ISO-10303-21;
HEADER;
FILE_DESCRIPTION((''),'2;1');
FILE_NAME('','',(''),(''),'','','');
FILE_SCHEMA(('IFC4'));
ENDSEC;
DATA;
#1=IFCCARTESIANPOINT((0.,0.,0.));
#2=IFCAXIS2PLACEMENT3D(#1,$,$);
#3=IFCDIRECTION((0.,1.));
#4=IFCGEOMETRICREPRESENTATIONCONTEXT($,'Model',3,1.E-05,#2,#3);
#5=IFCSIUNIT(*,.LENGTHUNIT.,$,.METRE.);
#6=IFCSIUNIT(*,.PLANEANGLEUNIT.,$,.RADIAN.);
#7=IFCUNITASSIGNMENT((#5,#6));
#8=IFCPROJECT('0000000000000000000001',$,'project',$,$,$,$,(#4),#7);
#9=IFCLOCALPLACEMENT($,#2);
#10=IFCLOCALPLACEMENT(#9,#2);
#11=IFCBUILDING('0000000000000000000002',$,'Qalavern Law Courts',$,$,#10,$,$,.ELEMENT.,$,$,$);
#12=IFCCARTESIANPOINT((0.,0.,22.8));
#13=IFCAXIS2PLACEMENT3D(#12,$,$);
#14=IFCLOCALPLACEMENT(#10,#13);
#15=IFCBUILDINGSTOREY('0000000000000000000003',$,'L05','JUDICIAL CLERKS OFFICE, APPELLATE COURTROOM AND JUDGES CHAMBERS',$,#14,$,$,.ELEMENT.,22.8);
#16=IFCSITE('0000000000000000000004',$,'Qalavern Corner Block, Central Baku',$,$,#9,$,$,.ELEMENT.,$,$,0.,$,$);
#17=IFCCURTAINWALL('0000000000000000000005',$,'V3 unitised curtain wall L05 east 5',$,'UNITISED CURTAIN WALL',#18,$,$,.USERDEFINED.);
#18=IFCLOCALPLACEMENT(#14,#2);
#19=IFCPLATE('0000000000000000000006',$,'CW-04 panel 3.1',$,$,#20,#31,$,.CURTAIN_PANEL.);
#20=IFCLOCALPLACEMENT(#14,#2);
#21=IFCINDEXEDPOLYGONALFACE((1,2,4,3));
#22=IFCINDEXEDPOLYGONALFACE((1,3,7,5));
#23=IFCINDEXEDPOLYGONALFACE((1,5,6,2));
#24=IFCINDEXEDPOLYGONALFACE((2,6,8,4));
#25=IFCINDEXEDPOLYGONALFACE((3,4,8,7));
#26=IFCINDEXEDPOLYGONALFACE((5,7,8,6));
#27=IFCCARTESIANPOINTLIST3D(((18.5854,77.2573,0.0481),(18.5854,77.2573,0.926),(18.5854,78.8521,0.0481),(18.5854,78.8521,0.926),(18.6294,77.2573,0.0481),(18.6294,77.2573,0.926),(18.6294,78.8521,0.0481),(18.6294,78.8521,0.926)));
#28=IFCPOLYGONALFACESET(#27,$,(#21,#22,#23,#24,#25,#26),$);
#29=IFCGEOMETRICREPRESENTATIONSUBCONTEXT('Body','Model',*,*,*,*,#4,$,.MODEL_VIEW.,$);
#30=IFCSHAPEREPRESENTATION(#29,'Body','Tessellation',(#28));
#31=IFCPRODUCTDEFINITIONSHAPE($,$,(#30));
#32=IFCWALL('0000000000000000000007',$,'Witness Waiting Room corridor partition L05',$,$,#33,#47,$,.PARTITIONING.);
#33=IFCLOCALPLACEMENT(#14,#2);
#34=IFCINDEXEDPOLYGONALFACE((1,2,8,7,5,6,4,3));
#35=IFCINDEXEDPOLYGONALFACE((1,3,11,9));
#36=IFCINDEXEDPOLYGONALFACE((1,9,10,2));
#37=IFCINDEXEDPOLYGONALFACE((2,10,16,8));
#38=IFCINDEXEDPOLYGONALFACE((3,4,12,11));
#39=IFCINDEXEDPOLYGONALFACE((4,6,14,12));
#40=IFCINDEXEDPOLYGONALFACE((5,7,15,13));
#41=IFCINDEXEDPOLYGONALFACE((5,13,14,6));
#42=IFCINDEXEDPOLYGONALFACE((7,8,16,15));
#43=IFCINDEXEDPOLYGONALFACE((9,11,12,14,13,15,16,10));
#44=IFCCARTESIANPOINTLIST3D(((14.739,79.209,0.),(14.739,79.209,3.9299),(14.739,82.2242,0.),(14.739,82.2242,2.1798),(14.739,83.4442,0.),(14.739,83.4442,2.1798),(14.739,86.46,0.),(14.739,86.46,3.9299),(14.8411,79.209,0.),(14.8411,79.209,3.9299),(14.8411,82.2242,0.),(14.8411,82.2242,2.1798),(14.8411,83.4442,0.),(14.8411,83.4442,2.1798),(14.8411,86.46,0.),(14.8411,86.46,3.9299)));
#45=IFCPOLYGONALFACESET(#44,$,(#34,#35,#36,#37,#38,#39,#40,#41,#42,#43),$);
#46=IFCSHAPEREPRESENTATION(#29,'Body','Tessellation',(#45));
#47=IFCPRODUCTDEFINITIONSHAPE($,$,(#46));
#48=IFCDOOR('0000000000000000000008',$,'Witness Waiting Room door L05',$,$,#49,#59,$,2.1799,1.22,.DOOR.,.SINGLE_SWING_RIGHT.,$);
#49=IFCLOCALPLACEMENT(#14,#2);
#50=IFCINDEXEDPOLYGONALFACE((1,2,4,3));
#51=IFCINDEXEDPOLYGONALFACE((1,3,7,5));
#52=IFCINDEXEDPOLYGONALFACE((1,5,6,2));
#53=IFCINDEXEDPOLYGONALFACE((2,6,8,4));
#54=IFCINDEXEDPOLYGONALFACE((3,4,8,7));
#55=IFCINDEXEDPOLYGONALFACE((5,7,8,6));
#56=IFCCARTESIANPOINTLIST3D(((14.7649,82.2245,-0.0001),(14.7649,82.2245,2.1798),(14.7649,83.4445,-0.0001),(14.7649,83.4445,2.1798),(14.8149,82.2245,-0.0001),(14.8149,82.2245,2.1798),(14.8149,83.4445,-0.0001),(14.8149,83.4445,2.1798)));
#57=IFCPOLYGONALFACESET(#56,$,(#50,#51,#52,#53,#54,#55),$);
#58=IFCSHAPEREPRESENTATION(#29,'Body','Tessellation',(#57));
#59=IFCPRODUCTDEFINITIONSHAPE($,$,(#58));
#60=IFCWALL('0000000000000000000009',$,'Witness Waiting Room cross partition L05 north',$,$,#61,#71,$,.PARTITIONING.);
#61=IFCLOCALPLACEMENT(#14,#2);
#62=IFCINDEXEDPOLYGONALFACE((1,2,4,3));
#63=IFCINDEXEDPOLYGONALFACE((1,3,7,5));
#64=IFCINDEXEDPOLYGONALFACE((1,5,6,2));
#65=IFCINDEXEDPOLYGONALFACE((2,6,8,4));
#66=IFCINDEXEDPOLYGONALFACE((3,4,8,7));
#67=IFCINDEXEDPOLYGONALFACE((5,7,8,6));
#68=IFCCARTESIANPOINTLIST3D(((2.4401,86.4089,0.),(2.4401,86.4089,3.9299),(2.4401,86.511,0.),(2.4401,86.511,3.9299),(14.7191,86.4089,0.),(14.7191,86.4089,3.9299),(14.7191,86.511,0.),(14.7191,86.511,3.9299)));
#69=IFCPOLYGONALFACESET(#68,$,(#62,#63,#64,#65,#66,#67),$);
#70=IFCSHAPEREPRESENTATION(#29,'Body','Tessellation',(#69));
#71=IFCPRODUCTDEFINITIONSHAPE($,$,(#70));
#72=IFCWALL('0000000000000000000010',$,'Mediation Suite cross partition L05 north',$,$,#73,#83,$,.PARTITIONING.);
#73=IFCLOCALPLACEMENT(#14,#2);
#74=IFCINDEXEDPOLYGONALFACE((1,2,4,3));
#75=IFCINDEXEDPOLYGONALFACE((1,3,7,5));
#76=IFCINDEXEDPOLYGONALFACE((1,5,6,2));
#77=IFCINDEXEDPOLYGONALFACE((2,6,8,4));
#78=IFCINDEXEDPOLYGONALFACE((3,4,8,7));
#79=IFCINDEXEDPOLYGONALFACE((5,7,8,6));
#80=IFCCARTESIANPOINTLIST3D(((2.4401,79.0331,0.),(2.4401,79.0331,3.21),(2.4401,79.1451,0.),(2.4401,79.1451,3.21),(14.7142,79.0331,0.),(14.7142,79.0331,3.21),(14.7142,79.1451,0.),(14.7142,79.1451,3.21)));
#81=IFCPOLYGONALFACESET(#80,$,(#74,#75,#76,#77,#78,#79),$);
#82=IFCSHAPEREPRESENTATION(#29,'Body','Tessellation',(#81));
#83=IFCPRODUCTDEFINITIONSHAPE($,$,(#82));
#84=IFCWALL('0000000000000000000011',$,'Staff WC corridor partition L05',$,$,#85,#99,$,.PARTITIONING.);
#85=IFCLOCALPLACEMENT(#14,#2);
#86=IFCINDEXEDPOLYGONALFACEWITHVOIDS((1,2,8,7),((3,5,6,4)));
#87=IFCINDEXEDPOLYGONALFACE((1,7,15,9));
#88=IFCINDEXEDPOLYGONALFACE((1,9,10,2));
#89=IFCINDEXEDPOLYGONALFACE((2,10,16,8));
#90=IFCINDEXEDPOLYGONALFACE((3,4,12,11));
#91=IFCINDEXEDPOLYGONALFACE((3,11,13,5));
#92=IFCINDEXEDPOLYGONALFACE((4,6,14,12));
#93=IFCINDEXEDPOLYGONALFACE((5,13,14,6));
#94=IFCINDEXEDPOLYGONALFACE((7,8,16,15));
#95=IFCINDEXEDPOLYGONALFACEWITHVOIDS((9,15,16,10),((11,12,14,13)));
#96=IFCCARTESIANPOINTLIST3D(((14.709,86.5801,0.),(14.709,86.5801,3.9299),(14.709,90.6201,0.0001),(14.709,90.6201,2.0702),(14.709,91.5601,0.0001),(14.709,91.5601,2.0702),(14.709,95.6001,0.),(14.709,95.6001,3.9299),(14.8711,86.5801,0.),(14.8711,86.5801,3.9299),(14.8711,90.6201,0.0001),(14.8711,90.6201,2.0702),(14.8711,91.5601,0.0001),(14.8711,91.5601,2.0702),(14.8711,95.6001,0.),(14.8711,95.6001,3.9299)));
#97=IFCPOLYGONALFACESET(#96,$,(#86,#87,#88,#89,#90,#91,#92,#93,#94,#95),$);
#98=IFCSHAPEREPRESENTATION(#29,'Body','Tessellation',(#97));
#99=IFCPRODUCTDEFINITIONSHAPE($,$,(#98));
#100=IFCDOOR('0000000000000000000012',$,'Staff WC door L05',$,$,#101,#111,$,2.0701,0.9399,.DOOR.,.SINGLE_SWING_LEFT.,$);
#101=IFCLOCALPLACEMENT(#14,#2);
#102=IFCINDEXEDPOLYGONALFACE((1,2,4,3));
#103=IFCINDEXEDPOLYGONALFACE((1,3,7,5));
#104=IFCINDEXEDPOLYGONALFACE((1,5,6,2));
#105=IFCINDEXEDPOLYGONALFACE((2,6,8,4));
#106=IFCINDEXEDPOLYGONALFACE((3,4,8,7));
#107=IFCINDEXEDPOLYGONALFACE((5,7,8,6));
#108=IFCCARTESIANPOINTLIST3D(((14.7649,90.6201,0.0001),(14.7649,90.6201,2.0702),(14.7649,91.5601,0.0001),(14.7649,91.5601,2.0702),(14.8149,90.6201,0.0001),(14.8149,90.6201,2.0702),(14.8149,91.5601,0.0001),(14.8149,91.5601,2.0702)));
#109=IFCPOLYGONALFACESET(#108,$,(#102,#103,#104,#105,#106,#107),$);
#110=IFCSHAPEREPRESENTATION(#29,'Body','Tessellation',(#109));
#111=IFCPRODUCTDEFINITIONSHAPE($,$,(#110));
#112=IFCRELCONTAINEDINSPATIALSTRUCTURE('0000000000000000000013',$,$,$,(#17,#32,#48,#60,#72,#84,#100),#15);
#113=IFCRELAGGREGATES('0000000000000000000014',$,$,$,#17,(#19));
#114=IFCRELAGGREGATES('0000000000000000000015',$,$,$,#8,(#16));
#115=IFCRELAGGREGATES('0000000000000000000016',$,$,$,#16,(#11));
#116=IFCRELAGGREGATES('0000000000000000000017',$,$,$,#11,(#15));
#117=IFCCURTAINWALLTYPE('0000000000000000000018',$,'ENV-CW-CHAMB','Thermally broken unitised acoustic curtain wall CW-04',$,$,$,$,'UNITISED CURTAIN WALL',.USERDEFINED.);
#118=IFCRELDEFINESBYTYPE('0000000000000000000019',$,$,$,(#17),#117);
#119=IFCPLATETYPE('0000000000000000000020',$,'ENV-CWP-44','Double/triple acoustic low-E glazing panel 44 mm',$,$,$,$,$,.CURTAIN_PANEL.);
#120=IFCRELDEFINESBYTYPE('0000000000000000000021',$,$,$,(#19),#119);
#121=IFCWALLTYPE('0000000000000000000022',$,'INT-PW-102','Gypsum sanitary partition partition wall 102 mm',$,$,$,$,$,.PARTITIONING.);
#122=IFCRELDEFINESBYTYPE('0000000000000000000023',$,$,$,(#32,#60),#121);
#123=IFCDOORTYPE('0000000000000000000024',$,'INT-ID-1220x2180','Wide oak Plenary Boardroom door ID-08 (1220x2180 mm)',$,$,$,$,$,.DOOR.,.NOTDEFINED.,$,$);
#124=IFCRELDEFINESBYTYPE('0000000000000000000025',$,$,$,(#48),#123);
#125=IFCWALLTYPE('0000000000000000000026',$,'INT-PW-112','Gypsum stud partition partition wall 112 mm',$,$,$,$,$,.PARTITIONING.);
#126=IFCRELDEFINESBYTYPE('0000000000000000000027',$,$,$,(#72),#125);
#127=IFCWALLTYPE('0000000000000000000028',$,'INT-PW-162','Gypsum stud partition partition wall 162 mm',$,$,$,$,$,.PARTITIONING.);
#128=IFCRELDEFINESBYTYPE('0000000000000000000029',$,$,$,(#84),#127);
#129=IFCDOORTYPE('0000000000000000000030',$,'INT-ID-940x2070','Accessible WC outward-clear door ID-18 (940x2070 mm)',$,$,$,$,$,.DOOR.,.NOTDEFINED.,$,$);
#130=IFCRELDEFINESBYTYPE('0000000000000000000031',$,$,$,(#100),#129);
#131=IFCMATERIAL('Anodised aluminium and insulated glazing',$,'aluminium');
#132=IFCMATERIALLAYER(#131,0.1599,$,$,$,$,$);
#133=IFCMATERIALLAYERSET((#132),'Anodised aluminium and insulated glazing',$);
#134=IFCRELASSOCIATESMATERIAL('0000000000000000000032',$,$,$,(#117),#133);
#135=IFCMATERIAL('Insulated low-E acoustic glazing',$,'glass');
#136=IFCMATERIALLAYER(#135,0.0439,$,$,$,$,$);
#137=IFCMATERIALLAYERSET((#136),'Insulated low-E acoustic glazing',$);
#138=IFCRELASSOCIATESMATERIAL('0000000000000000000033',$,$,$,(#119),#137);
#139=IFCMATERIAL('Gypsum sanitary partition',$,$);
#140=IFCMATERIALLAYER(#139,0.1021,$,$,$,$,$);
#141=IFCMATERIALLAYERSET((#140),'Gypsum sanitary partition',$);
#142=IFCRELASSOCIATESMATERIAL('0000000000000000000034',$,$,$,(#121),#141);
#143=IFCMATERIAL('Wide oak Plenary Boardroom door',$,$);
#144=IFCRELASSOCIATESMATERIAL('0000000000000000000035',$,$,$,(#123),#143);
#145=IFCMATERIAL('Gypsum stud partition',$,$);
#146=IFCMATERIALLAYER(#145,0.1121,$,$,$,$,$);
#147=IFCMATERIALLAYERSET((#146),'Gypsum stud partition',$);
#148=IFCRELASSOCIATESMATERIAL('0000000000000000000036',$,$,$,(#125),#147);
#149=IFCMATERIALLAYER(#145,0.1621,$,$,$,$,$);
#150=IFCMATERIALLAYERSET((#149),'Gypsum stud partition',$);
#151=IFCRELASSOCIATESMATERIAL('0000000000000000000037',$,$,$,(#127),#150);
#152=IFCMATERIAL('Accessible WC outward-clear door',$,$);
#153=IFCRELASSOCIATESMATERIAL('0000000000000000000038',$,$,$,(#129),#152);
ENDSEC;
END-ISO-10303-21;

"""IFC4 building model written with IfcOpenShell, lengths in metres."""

from ifc_helpers import new_model, si_unit, direction, frame, frame_2d, origin, origin_2d, place, context, subcontext, project, spatial, rectangle, extrude, material, layer, layer_set, type_object, element, fill, aggregate, save


model = new_model("IFC4")

# Units and contexts
model_context = context("Model", 3, precision=1e-05, world=origin(), true_north=direction((0.0, 1.0)))
body_context = subcontext(model_context, "Body", "Model", "MODEL_VIEW")
ifc_project = project(units=[si_unit("LENGTHUNIT", "METRE"), si_unit("PLANEANGLEUNIT", "RADIAN")], contexts=[model_context])

# Site, building, storey
site_placement = place(None, origin())
site = spatial("IfcSite", under=ifc_project, at=site_placement, Name="Qalavern Corner Block, Central Baku", CompositionType="ELEMENT", RefElevation=0.0)
building_placement = place(site_placement, origin())
building = spatial("IfcBuilding", under=site, at=building_placement, Name="Qalavern Law Courts", CompositionType="ELEMENT")
storey_placement = place(building_placement, frame((0.0, 0.0, 22.8)))
storey = spatial("IfcBuildingStorey", under=building, at=storey_placement, Name="L05", Description="JUDICIAL CLERKS OFFICE, APPELLATE COURTROOM AND JUDGES CHAMBERS", CompositionType="ELEMENT", Elevation=22.8)

# Curtain wall
ifc_material_1 = material(Name="Anodised aluminium and insulated glazing", Category="aluminium")
ifc_layer_1 = layer(ifc_material_1, 0.1599)
ifc_layer_set_1 = layer_set([ifc_layer_1], Name="Anodised aluminium and insulated glazing")
curtain_wall_type = type_object("IfcCurtainWallType", Name="ENV-CW-CHAMB", Description="Thermally broken unitised acoustic curtain wall CW-04", ElementType="UNITISED CURTAIN WALL", PredefinedType="USERDEFINED", material=ifc_layer_set_1)
curtain_wall_placement = place(storey_placement, origin())
curtain_wall = element("IfcCurtainWall", 1, at=curtain_wall_placement, inside=storey, type_object=curtain_wall_type, Name="V3 unitised curtain wall L05 east 5", ObjectType="UNITISED CURTAIN WALL", PredefinedType="USERDEFINED")

# Plate
ifc_material_2 = material(Name="Insulated low-E acoustic glazing", Category="glass")
ifc_layer_2 = layer(ifc_material_2, 0.0439)
ifc_layer_set_2 = layer_set([ifc_layer_2], Name="Insulated low-E acoustic glazing")
plate_type = type_object("IfcPlateType", Name="ENV-CWP-44", Description="Double/triple acoustic low-E glazing panel 44 mm", PredefinedType="CURTAIN_PANEL", material=ifc_layer_set_2)
plate_placement = place(storey_placement, frame((18.6074, 78.0547, 0.0481), z_axis=(0.0, 0.0, 1.0), x_axis=(0.0, 1.0, 0.0)))
plate = element("IfcPlate", 2, at=plate_placement, type_object=plate_type, Name="CW-04 panel 3.1", PredefinedType="CURTAIN_PANEL", context=body_context, shape_type="SweptSolid", body=[
    extrude(rectangle(XDim=1.5947, YDim=0.0439, at=origin_2d()), origin(), (0.0, 0.0, 1.0), 0.8779),
])
aggregate(curtain_wall, [plate])

# Wall, opening, door
ifc_material_3 = material(Name="Gypsum sanitary partition")
ifc_layer_3 = layer(ifc_material_3, 0.1021)
ifc_layer_set_3 = layer_set([ifc_layer_3], Name="Gypsum sanitary partition")
wall_type_1 = type_object("IfcWallType", Name="INT-PW-102", Description="Gypsum sanitary partition partition wall 102 mm", PredefinedType="PARTITIONING", material=ifc_layer_set_3)
wall_1_placement = place(storey_placement, frame((14.79, 79.209, 0.0), z_axis=(0.0, 0.0, 1.0), x_axis=(0.0, 1.0, 0.0)))
wall_1 = element("IfcWall", 3, at=wall_1_placement, inside=storey, type_object=wall_type_1, Name="Witness Waiting Room corridor partition L05", PredefinedType="PARTITIONING", context=body_context, shape_type="SweptSolid", body=[
    extrude(rectangle(XDim=7.251, YDim=0.1021, at=frame_2d((3.6255, 0.0))), origin(), (0.0, 0.0, 1.0), 3.9299),
])
opening_1_placement = place(wall_1_placement, frame((3.0154, 0.0, 0.0)))
opening_1 = element("IfcOpeningElement", 4, at=opening_1_placement, cuts=wall_1, PredefinedType="OPENING", context=body_context, shape_type="SweptSolid", body=[
    extrude(rectangle(XDim=1.22, YDim=2.1799, at=frame_2d((0.6099, 1.0898))), frame((0.0, 0.0659, 0.0), z_axis=(0.0, -1.0, 0.0), x_axis=(1.0, 0.0, 0.0)), (0.0, 0.0, 1.0), 0.1318),
])
ifc_material_4 = material(Name="Wide oak Plenary Boardroom door")
door_type_1 = type_object("IfcDoorType", Name="INT-ID-1220x2180", Description="Wide oak Plenary Boardroom door ID-08 (1220x2180 mm)", OperationType="NOTDEFINED", PredefinedType="DOOR", material=ifc_material_4)
door_1_placement = place(opening_1_placement, frame((1.22, 0.0, 0.0), z_axis=(0.0, 0.0, 1.0), x_axis=(-1.0, 0.0, 0.0)))
door_1 = element("IfcDoor", 5, at=door_1_placement, inside=storey, type_object=door_type_1, Name="Witness Waiting Room door L05", OperationType="SINGLE_SWING_RIGHT", OverallHeight=2.1799, OverallWidth=1.22, PredefinedType="DOOR", context=body_context, shape_type="SweptSolid", body=[
    extrude(rectangle(XDim=1.22, YDim=2.1799, at=frame_2d((0.6099, 1.0898))), frame((0.0, 0.0249, 0.0), z_axis=(0.0, -1.0, 0.0), x_axis=(1.0, 0.0, 0.0)), (0.0, 0.0, 1.0), 0.05),
])
fill(opening_1, door_1)

# Walls
wall_2_placement = place(storey_placement, frame((2.4399, 86.46, 0.0), z_axis=(0.0, 0.0, 1.0), x_axis=(1.0, 0.0, 0.0)))
element("IfcWall", 6, at=wall_2_placement, inside=storey, type_object=wall_type_1, Name="Witness Waiting Room cross partition L05 north", PredefinedType="PARTITIONING", context=body_context, shape_type="SweptSolid", body=[
    extrude(rectangle(XDim=12.2791, YDim=0.1021, at=frame_2d((6.1396, 0.0))), origin(), (0.0, 0.0, 1.0), 3.9299),
])
ifc_material_5 = material(Name="Gypsum stud partition")
ifc_layer_4 = layer(ifc_material_5, 0.1121)
ifc_layer_set_4 = layer_set([ifc_layer_4], Name="Gypsum stud partition")
wall_type_2 = type_object("IfcWallType", Name="INT-PW-112", Description="Gypsum stud partition partition wall 112 mm", PredefinedType="PARTITIONING", material=ifc_layer_set_4)
wall_3_placement = place(storey_placement, frame((2.4399, 79.0891, 0.0), z_axis=(0.0, 0.0, 1.0), x_axis=(1.0, 0.0, 0.0)))
element("IfcWall", 7, at=wall_3_placement, inside=storey, type_object=wall_type_2, Name="Mediation Suite cross partition L05 north", PredefinedType="PARTITIONING", context=body_context, shape_type="SweptSolid", body=[
    extrude(rectangle(XDim=12.2742, YDim=0.1121, at=frame_2d((6.1372, 0.0))), origin(), (0.0, 0.0, 1.0), 3.21),
])

# Wall, opening, door
ifc_layer_5 = layer(ifc_material_5, 0.1621)
ifc_layer_set_5 = layer_set([ifc_layer_5], Name="Gypsum stud partition")
wall_type_3 = type_object("IfcWallType", Name="INT-PW-162", Description="Gypsum stud partition partition wall 162 mm", PredefinedType="PARTITIONING", material=ifc_layer_set_5)
wall_4_placement = place(storey_placement, frame((14.79, 86.5801, 0.0), z_axis=(0.0, 0.0, 1.0), x_axis=(0.0, 1.0, 0.0)))
wall_4 = element("IfcWall", 8, at=wall_4_placement, inside=storey, type_object=wall_type_3, Name="Staff WC corridor partition L05", PredefinedType="PARTITIONING", context=body_context, shape_type="SweptSolid", body=[
    extrude(rectangle(XDim=9.02, YDim=0.1621, at=frame_2d((4.51, 0.0))), origin(), (0.0, 0.0, 1.0), 3.9299),
])
opening_2_placement = place(wall_4_placement, frame((4.04, 0.0, 0.0)))
opening_2 = element("IfcOpeningElement", 9, at=opening_2_placement, cuts=wall_4, PredefinedType="OPENING", context=body_context, shape_type="SweptSolid", body=[
    extrude(rectangle(XDim=0.9399, YDim=2.0701, at=frame_2d((0.47, 1.0352))), frame((0.0, 0.0959, 0.0), z_axis=(0.0, -1.0, 0.0), x_axis=(1.0, 0.0, 0.0)), (0.0, 0.0, 1.0), 0.1919),
])
ifc_material_6 = material(Name="Accessible WC outward-clear door")
door_type_2 = type_object("IfcDoorType", Name="INT-ID-940x2070", Description="Accessible WC outward-clear door ID-18 (940x2070 mm)", OperationType="NOTDEFINED", PredefinedType="DOOR", material=ifc_material_6)
door_2_placement = place(opening_2_placement, frame((0.9399, 0.0, 0.0), z_axis=(0.0, 0.0, 1.0), x_axis=(-1.0, 0.0, 0.0)))
door_2 = element("IfcDoor", 10, at=door_2_placement, inside=storey, type_object=door_type_2, Name="Staff WC door L05", OperationType="SINGLE_SWING_LEFT", OverallHeight=2.0701, OverallWidth=0.9399, PredefinedType="DOOR", context=body_context, shape_type="SweptSolid", body=[
    extrude(rectangle(XDim=0.9399, YDim=2.0701, at=frame_2d((0.47, 1.0352))), frame((0.0, 0.0249, 0.0), z_axis=(0.0, -1.0, 0.0), x_axis=(1.0, 0.0, 0.0)), (0.0, 0.0, 1.0), 0.05),
])
fill(opening_2, door_2)

save(model, "model.ifc")
